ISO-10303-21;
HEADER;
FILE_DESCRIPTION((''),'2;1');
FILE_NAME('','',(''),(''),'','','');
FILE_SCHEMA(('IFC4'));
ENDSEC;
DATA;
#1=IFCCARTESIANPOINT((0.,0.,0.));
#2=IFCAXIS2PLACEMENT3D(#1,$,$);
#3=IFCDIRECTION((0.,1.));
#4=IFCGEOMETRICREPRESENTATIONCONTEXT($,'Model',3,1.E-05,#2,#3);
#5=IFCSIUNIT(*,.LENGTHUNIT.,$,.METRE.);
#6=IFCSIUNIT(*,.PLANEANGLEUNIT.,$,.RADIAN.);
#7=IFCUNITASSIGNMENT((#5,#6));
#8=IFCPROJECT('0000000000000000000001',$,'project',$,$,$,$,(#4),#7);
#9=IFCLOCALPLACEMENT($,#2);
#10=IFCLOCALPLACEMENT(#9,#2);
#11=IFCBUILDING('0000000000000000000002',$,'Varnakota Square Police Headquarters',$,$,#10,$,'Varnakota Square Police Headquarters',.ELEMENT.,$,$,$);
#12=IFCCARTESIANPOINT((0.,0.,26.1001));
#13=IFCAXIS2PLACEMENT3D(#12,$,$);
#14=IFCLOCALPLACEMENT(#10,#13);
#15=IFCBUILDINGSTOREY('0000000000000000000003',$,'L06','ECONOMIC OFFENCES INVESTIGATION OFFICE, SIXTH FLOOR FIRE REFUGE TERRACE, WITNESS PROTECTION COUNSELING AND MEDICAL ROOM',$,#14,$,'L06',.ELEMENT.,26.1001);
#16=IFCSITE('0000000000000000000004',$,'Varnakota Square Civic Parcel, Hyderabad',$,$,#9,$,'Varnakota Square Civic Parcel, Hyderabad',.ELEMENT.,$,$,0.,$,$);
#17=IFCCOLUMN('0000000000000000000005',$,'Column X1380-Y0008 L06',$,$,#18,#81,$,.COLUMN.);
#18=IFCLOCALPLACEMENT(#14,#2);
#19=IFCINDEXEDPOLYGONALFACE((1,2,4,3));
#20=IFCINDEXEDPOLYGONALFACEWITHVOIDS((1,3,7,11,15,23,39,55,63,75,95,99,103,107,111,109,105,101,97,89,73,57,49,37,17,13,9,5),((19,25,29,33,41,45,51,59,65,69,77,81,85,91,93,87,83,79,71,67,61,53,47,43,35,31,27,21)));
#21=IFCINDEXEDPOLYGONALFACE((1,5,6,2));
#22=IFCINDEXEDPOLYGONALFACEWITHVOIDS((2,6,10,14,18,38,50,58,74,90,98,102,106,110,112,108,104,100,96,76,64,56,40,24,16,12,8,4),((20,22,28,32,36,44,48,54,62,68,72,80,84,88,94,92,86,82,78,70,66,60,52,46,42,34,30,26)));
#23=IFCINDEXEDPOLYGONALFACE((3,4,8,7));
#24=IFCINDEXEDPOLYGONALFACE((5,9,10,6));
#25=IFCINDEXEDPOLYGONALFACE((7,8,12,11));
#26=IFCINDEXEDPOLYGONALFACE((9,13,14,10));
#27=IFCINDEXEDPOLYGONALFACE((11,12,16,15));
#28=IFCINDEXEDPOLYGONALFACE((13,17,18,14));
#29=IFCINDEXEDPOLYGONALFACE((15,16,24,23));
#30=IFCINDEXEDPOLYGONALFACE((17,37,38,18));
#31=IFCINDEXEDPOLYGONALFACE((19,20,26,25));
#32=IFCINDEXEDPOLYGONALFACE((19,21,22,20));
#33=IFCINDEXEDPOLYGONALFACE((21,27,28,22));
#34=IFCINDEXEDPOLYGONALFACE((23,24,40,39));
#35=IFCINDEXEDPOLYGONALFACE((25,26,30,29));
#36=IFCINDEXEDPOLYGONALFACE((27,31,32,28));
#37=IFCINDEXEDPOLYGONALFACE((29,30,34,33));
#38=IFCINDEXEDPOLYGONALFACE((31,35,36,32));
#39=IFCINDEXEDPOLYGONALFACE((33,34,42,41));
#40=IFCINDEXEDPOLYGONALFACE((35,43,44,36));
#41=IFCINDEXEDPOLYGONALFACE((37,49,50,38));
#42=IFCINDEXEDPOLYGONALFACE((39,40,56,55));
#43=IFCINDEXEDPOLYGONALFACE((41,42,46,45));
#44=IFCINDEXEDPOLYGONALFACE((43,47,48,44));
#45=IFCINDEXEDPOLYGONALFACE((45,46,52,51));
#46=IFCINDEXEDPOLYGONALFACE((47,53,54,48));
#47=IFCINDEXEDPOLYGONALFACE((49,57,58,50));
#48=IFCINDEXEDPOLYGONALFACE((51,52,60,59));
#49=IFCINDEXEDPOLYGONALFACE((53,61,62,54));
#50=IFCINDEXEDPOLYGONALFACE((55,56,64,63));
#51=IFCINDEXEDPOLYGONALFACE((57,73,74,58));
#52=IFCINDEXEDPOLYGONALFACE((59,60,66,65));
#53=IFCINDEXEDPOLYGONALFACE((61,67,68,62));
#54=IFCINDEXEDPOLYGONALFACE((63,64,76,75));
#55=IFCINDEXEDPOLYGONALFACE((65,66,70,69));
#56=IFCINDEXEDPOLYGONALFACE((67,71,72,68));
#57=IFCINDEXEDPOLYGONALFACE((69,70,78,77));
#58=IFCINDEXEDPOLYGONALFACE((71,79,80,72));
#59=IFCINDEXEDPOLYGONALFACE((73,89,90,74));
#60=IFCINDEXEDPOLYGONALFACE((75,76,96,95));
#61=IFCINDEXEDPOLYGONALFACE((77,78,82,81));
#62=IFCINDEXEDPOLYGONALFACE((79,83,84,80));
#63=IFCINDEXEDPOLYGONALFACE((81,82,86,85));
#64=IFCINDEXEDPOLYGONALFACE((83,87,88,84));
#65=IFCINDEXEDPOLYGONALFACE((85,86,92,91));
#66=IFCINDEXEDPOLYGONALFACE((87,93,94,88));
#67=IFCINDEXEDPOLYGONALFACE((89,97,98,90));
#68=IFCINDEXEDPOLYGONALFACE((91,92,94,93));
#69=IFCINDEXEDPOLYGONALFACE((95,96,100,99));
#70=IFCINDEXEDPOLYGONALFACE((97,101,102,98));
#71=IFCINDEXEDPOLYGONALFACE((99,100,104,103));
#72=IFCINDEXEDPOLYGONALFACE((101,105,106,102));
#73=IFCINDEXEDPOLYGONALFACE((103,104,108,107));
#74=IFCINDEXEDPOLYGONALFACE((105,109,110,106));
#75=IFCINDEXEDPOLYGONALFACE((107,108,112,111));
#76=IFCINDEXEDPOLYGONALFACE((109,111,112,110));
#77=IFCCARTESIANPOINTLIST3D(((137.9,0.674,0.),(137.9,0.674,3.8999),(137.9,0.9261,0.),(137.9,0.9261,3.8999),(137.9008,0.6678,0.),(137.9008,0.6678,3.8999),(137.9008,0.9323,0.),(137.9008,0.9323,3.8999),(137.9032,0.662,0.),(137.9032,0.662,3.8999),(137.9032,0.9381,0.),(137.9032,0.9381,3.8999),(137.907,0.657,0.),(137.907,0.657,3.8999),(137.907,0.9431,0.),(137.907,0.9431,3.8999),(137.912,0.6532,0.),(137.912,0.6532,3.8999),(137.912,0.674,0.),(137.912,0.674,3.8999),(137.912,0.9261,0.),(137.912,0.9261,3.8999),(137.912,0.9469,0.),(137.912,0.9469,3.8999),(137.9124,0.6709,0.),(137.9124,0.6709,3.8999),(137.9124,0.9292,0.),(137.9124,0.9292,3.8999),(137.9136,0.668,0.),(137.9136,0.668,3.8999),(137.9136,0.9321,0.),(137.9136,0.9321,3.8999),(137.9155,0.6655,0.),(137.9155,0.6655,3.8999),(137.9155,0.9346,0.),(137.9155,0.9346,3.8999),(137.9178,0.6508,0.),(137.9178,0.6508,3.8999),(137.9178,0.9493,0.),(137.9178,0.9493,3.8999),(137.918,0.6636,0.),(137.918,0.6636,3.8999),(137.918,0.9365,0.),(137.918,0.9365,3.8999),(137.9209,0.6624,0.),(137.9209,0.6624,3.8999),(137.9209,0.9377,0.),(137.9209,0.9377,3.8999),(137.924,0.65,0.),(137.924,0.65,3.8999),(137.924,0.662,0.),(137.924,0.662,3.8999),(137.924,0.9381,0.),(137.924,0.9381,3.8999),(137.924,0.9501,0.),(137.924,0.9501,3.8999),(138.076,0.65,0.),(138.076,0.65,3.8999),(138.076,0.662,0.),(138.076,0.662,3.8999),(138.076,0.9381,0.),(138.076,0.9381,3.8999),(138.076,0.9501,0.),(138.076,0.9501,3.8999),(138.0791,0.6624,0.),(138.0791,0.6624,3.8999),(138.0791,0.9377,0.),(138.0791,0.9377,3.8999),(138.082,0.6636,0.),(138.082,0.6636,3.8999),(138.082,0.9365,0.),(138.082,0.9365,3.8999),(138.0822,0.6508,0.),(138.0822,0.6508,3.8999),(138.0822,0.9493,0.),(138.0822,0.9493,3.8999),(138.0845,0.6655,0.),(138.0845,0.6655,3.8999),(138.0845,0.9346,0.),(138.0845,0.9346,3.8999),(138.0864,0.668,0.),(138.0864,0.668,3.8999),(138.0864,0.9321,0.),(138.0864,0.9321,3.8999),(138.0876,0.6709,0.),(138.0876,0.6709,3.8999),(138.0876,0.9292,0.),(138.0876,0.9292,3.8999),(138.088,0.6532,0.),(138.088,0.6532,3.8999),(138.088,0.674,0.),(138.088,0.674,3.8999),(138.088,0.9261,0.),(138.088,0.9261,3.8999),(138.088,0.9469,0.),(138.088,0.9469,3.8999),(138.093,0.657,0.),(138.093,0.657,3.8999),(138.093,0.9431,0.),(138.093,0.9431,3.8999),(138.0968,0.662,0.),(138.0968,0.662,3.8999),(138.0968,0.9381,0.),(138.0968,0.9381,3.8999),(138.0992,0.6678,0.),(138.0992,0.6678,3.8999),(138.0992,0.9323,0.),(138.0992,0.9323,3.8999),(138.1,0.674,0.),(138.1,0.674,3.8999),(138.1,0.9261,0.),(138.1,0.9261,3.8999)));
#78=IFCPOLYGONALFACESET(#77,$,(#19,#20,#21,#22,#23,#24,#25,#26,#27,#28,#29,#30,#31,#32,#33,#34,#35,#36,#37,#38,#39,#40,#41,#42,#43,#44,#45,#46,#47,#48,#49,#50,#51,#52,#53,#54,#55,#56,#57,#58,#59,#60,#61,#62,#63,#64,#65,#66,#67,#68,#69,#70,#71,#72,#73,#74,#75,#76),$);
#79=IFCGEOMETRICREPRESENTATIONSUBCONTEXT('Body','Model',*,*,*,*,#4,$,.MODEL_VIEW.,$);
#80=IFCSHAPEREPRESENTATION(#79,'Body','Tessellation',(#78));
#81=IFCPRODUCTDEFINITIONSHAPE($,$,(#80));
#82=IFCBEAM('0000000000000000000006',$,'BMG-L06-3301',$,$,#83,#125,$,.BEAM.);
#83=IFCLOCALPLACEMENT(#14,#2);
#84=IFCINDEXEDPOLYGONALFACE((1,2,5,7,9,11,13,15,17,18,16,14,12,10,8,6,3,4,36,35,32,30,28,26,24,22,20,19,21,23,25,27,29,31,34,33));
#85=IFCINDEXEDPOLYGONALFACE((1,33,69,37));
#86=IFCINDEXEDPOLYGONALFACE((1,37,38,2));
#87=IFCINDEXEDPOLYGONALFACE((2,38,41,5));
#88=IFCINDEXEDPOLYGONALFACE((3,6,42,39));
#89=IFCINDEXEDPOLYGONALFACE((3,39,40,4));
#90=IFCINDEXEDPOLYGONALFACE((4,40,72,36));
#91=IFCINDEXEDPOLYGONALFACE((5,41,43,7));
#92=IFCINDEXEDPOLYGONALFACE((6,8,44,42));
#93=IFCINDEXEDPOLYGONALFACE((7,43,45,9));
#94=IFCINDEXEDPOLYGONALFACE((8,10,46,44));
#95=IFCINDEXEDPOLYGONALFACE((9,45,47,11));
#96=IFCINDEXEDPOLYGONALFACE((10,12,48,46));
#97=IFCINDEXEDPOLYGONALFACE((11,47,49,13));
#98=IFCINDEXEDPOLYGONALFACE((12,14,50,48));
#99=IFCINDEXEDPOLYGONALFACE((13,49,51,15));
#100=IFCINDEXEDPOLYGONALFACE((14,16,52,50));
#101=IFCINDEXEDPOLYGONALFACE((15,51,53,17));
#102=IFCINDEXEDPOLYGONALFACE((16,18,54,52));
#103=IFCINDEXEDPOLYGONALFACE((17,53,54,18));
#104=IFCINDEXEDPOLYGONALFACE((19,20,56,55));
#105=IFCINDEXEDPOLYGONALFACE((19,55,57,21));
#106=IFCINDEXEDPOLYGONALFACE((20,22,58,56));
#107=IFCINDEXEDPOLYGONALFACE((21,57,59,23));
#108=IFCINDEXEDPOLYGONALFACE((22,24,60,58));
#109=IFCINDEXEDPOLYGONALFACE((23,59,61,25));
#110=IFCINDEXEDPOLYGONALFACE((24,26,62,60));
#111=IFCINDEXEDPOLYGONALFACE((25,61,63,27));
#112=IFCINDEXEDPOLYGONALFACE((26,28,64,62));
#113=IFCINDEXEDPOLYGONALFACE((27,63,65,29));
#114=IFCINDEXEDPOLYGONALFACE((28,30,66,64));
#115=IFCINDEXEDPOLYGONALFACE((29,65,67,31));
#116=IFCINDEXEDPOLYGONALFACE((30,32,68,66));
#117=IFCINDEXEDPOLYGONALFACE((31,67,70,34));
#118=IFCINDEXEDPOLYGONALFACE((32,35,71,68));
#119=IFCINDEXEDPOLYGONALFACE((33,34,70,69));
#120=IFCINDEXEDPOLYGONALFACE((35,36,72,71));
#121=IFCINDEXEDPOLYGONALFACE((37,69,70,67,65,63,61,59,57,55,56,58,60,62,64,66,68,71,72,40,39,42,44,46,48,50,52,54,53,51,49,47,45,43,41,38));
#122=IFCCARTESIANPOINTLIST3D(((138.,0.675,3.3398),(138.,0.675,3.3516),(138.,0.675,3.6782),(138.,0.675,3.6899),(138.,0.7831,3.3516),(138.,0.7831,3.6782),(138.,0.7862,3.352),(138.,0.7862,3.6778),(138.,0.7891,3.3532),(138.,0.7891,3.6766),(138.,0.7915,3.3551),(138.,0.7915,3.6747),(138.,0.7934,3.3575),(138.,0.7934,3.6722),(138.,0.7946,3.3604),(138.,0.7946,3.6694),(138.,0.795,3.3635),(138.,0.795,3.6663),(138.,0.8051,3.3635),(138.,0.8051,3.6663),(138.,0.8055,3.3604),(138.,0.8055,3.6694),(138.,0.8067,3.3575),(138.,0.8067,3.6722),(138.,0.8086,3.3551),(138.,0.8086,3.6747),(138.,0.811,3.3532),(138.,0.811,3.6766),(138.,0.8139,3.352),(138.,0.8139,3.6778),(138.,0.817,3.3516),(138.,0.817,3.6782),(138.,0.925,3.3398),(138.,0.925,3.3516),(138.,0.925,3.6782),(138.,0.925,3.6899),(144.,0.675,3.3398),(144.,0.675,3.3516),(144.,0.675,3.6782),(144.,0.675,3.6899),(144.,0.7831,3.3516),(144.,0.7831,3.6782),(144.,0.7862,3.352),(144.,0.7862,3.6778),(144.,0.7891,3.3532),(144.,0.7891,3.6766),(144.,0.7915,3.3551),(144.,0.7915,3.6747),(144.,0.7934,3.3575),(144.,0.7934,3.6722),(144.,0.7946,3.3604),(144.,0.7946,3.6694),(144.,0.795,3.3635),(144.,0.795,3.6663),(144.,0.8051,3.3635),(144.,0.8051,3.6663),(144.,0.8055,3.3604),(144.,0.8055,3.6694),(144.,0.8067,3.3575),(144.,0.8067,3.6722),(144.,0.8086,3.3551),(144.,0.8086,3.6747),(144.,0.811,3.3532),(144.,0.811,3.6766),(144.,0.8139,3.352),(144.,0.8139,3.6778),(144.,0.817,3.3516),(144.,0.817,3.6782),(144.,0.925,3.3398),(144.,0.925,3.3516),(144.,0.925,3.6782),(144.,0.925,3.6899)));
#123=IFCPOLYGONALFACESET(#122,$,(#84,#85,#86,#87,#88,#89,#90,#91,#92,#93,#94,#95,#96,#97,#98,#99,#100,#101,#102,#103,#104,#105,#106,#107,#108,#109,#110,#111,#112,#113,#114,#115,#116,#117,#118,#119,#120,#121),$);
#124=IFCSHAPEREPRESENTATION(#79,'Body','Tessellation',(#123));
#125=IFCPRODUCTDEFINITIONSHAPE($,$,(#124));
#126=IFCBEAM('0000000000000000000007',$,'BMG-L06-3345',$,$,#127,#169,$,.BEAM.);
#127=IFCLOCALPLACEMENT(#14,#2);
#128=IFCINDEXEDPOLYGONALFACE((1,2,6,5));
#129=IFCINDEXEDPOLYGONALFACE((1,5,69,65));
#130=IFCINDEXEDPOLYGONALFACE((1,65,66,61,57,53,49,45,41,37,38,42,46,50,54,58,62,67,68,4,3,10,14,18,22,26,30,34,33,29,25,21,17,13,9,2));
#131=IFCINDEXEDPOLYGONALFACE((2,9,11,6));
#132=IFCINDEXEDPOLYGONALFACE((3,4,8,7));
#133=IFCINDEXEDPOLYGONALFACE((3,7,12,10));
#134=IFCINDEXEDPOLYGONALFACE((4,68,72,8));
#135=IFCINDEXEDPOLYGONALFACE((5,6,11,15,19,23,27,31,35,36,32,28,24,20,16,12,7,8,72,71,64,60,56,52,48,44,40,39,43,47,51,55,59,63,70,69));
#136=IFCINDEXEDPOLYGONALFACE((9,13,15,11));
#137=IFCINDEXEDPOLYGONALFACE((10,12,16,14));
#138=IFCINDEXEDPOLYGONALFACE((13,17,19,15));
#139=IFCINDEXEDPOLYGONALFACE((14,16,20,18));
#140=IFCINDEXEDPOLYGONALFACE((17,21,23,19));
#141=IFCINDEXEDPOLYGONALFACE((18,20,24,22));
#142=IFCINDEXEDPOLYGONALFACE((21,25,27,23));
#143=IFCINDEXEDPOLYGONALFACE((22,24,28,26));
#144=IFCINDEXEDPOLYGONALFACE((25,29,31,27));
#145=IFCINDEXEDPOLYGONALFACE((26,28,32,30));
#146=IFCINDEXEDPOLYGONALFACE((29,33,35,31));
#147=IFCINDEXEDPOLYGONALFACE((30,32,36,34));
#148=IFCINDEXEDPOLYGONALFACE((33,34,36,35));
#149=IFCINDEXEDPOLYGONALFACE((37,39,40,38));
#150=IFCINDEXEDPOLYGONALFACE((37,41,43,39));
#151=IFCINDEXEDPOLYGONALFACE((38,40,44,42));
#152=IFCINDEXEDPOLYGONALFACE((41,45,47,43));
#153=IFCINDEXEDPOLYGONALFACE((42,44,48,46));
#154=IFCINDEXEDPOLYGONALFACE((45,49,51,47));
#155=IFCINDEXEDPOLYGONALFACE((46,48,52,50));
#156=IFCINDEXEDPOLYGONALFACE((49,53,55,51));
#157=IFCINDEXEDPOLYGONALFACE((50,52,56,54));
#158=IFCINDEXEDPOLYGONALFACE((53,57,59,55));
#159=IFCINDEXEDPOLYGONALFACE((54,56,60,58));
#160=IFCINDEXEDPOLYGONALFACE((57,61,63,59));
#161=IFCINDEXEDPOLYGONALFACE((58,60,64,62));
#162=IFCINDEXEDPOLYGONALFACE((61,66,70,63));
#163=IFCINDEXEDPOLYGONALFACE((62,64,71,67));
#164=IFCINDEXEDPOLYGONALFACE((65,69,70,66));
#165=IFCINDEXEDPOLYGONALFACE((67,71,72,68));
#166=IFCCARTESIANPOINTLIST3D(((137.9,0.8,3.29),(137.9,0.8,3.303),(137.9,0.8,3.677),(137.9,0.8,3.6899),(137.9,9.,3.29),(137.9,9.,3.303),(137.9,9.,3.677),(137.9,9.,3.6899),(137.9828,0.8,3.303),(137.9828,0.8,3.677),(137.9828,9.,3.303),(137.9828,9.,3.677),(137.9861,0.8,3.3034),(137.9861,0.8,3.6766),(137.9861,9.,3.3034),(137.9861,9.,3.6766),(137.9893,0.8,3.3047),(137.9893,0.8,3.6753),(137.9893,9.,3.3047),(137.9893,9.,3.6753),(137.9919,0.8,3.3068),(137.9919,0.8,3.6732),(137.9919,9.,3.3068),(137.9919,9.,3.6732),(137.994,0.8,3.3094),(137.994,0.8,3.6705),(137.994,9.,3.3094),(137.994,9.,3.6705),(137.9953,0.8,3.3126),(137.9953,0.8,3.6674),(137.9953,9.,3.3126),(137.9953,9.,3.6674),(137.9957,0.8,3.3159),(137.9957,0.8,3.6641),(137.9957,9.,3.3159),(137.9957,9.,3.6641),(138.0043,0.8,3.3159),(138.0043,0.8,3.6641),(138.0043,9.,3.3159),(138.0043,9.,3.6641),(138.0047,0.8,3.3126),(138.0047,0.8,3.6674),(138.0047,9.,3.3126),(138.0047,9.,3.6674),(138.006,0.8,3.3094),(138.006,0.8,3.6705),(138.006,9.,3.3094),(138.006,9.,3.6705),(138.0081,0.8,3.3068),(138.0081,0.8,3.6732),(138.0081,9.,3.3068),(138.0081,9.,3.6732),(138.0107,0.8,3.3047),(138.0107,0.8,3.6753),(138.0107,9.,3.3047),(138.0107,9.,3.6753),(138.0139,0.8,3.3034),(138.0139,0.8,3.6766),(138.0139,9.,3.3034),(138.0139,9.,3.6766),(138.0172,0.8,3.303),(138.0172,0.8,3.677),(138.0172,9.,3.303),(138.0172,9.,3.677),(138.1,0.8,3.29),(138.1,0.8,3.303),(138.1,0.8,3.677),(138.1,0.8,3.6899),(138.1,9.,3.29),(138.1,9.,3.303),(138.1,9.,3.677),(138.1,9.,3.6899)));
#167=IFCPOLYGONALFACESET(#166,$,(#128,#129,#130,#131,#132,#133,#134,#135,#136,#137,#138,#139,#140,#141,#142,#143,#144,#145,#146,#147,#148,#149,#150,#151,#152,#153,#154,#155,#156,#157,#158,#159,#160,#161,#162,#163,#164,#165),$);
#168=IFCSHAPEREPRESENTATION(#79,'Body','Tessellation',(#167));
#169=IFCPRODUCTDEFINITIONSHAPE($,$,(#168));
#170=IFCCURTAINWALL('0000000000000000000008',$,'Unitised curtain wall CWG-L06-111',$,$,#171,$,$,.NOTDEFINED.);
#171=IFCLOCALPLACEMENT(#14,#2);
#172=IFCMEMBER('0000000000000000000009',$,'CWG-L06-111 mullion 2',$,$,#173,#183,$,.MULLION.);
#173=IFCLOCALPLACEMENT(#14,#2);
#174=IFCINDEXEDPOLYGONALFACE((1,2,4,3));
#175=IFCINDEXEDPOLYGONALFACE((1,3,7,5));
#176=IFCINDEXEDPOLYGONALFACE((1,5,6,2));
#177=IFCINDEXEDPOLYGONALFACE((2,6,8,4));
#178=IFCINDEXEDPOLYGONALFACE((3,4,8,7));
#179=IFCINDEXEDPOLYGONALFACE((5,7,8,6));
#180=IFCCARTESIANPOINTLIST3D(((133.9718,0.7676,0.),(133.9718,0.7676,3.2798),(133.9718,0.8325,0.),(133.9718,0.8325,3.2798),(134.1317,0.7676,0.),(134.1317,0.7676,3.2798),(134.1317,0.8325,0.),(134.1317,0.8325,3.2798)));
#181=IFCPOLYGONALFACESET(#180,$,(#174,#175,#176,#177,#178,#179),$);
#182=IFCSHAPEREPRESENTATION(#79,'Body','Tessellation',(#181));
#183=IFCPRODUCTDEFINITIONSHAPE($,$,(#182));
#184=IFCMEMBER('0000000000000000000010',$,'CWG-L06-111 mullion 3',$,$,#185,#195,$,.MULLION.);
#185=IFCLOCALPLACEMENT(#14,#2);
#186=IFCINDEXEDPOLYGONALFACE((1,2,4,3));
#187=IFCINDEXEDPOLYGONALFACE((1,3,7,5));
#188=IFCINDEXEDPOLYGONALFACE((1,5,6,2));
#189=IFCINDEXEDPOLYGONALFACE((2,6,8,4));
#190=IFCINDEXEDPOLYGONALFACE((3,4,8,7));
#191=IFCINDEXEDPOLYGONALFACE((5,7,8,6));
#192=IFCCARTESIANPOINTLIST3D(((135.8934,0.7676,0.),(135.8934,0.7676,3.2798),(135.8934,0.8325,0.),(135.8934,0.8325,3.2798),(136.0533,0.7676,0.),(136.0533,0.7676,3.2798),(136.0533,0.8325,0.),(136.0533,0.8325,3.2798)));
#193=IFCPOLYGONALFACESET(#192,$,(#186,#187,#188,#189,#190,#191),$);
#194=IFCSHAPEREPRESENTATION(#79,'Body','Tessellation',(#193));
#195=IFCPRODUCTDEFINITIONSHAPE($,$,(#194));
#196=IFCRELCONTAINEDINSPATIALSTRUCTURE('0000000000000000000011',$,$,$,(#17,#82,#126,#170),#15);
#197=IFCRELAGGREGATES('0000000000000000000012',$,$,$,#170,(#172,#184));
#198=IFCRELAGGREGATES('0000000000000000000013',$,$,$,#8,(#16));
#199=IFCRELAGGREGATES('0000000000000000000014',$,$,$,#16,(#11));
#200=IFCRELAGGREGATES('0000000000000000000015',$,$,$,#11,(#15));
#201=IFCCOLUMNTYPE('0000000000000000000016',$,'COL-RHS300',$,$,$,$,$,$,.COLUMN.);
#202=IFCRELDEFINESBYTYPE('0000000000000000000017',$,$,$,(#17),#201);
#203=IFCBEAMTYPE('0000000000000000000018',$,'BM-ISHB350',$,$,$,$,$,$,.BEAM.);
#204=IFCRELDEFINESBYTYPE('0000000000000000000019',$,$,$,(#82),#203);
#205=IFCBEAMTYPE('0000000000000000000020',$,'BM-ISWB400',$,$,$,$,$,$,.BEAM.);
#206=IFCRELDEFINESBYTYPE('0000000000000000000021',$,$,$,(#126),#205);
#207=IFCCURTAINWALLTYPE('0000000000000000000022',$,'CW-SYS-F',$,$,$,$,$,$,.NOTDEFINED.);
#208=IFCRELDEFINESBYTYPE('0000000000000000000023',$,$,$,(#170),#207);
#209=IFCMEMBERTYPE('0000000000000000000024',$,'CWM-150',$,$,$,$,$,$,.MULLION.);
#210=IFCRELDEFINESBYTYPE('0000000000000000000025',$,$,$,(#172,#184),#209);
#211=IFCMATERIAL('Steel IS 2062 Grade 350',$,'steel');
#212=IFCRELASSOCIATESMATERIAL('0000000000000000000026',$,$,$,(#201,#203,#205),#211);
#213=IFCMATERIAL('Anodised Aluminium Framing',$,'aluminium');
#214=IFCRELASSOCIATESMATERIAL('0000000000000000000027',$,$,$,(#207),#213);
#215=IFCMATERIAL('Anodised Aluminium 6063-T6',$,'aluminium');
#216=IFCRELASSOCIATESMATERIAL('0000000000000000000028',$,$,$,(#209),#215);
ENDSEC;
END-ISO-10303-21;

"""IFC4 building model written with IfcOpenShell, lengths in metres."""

from ifc_helpers import new_model, si_unit, direction, frame, origin, origin_2d, place, context, subcontext, project, spatial, rectangle, hollow_rectangle, i_section, extrude, material, material_profile, profile_set, type_object, element, aggregate, save


model = new_model("IFC4")

# Units and contexts
model_context = context("Model", 3, precision=1e-05, world=origin(), true_north=direction((0.0, 1.0)))
body_context = subcontext(model_context, "Body", "Model", "MODEL_VIEW")
ifc_project = project(units=[si_unit("LENGTHUNIT", "METRE"), si_unit("PLANEANGLEUNIT", "RADIAN")], contexts=[model_context])

# Site, building, storey
site_placement = place(None, origin())
site = spatial("IfcSite", under=ifc_project, at=site_placement, Name="Varnakota Square Civic Parcel, Hyderabad", LongName="Varnakota Square Civic Parcel, Hyderabad", CompositionType="ELEMENT", RefElevation=0.0)
building_placement = place(site_placement, origin())
building = spatial("IfcBuilding", under=site, at=building_placement, Name="Varnakota Square Police Headquarters", LongName="Varnakota Square Police Headquarters", CompositionType="ELEMENT")
storey_placement = place(building_placement, frame((0.0, 0.0, 26.1001)))
storey = spatial("IfcBuildingStorey", under=building, at=storey_placement, Name="L06", Description="ECONOMIC OFFENCES INVESTIGATION OFFICE, SIXTH FLOOR FIRE REFUGE TERRACE, WITNESS PROTECTION COUNSELING AND MEDICAL ROOM", LongName="L06", CompositionType="ELEMENT", Elevation=26.1001)

# Column
ifc_material_1 = material(Name="Steel IS 2062 Grade 350", Category="steel")
ifc_material_profile_1 = material_profile(ifc_material_1, hollow_rectangle(XDim=0.2, YDim=0.3, WallThickness=0.012, InnerFilletRadius=0.012, OuterFilletRadius=0.0239, at=origin_2d()), Name="RHS 300x200x12")
ifc_profile_set_1 = profile_set([ifc_material_profile_1], Name="Steel IS 2062 Grade 350")
column_type = type_object("IfcColumnType", Name="COL-RHS300", PredefinedType="COLUMN", material=ifc_profile_set_1)
column_placement = place(storey_placement, frame((138.0, 0.8, 0.0), z_axis=(0.0, 0.0, 1.0), x_axis=(1.0, 0.0, 0.0)))
element("IfcColumn", 1, at=column_placement, inside=storey, type_object=column_type, Name="Column X1380-Y0008 L06", PredefinedType="COLUMN", context=body_context, shape_type="SweptSolid", body=[
    extrude(hollow_rectangle(XDim=0.2, YDim=0.3, WallThickness=0.012, InnerFilletRadius=0.012, OuterFilletRadius=0.0239, at=origin_2d()), origin(), (0.0, 0.0, 1.0), 3.8999),
])

# Beams
ifc_material_profile_2 = material_profile(ifc_material_1, i_section(OverallWidth=0.25, OverallDepth=0.3501, WebThickness=0.01, FlangeThickness=0.0117, FilletRadius=0.012, at=origin_2d()), Name="ISHB 350")
ifc_profile_set_2 = profile_set([ifc_material_profile_2], Name="Steel IS 2062 Grade 350")
beam_type_1 = type_object("IfcBeamType", Name="BM-ISHB350", PredefinedType="BEAM", material=ifc_profile_set_2)
beam_1_placement = place(storey_placement, frame((138.0, 0.8, 3.5149), z_axis=(1.0, 0.0, 0.0), x_axis=(0.0, 1.0, 0.0)))
element("IfcBeam", 2, at=beam_1_placement, inside=storey, type_object=beam_type_1, Name="BMG-L06-3301", PredefinedType="BEAM", context=body_context, shape_type="SweptSolid", body=[
    extrude(i_section(OverallWidth=0.25, OverallDepth=0.3501, WebThickness=0.01, FlangeThickness=0.0117, FilletRadius=0.012, at=origin_2d()), origin(), (0.0, 0.0, 1.0), 6.0),
])
ifc_material_profile_3 = material_profile(ifc_material_1, i_section(OverallWidth=0.2, OverallDepth=0.3999, WebThickness=0.0085, FlangeThickness=0.0129, FilletRadius=0.0129, at=origin_2d()), Name="ISWB 400")
ifc_profile_set_3 = profile_set([ifc_material_profile_3], Name="Steel IS 2062 Grade 350")
beam_type_2 = type_object("IfcBeamType", Name="BM-ISWB400", PredefinedType="BEAM", material=ifc_profile_set_3)
beam_2_placement = place(storey_placement, frame((138.0, 0.8, 3.49), z_axis=(0.0, 1.0, 0.0), x_axis=(-1.0, 0.0, 0.0)))
element("IfcBeam", 3, at=beam_2_placement, inside=storey, type_object=beam_type_2, Name="BMG-L06-3345", PredefinedType="BEAM", context=body_context, shape_type="SweptSolid", body=[
    extrude(i_section(OverallWidth=0.2, OverallDepth=0.3999, WebThickness=0.0085, FlangeThickness=0.0129, FilletRadius=0.0129, at=origin_2d()), origin(), (0.0, 0.0, 1.0), 8.2),
])

# Curtain wall, members
ifc_material_2 = material(Name="Anodised Aluminium Framing", Category="aluminium")
curtain_wall_type = type_object("IfcCurtainWallType", Name="CW-SYS-F", PredefinedType="NOTDEFINED", material=ifc_material_2)
curtain_wall_placement = place(storey_placement, origin())
curtain_wall = element("IfcCurtainWall", 4, at=curtain_wall_placement, inside=storey, type_object=curtain_wall_type, Name="Unitised curtain wall CWG-L06-111", PredefinedType="NOTDEFINED")
ifc_material_3 = material(Name="Anodised Aluminium 6063-T6", Category="aluminium")
ifc_material_profile_4 = material_profile(ifc_material_3, rectangle(XDim=0.0649, YDim=0.1599, at=origin_2d()), Name="ALU MULLION 65x160")
ifc_profile_set_4 = profile_set([ifc_material_profile_4], Name="Anodised Aluminium 6063-T6")
member_type_1 = type_object("IfcMemberType", Name="CWM-150", PredefinedType="MULLION", material=ifc_profile_set_4)
member_1_placement = place(storey_placement, frame((134.0518, 0.8, 0.0), z_axis=(0.0, 0.0, 1.0), x_axis=(0.0, 1.0, 0.0)))
member_1 = element("IfcMember", 5, at=member_1_placement, type_object=member_type_1, Name="CWG-L06-111 mullion 2", PredefinedType="MULLION", context=body_context, shape_type="SweptSolid", body=[
    extrude(rectangle(XDim=0.0649, YDim=0.1599, at=origin_2d()), origin(), (0.0, 0.0, 1.0), 3.2798),
])
member_2_placement = place(storey_placement, frame((135.9734, 0.8, 0.0), z_axis=(0.0, 0.0, 1.0), x_axis=(0.0, 1.0, 0.0)))
member_2 = element("IfcMember", 6, at=member_2_placement, type_object=member_type_1, Name="CWG-L06-111 mullion 3", PredefinedType="MULLION", context=body_context, shape_type="SweptSolid", body=[
    extrude(rectangle(XDim=0.0649, YDim=0.1599, at=origin_2d()), origin(), (0.0, 0.0, 1.0), 3.2798),
])
aggregate(curtain_wall, [member_1, member_2])

save(model, "model.ifc")
